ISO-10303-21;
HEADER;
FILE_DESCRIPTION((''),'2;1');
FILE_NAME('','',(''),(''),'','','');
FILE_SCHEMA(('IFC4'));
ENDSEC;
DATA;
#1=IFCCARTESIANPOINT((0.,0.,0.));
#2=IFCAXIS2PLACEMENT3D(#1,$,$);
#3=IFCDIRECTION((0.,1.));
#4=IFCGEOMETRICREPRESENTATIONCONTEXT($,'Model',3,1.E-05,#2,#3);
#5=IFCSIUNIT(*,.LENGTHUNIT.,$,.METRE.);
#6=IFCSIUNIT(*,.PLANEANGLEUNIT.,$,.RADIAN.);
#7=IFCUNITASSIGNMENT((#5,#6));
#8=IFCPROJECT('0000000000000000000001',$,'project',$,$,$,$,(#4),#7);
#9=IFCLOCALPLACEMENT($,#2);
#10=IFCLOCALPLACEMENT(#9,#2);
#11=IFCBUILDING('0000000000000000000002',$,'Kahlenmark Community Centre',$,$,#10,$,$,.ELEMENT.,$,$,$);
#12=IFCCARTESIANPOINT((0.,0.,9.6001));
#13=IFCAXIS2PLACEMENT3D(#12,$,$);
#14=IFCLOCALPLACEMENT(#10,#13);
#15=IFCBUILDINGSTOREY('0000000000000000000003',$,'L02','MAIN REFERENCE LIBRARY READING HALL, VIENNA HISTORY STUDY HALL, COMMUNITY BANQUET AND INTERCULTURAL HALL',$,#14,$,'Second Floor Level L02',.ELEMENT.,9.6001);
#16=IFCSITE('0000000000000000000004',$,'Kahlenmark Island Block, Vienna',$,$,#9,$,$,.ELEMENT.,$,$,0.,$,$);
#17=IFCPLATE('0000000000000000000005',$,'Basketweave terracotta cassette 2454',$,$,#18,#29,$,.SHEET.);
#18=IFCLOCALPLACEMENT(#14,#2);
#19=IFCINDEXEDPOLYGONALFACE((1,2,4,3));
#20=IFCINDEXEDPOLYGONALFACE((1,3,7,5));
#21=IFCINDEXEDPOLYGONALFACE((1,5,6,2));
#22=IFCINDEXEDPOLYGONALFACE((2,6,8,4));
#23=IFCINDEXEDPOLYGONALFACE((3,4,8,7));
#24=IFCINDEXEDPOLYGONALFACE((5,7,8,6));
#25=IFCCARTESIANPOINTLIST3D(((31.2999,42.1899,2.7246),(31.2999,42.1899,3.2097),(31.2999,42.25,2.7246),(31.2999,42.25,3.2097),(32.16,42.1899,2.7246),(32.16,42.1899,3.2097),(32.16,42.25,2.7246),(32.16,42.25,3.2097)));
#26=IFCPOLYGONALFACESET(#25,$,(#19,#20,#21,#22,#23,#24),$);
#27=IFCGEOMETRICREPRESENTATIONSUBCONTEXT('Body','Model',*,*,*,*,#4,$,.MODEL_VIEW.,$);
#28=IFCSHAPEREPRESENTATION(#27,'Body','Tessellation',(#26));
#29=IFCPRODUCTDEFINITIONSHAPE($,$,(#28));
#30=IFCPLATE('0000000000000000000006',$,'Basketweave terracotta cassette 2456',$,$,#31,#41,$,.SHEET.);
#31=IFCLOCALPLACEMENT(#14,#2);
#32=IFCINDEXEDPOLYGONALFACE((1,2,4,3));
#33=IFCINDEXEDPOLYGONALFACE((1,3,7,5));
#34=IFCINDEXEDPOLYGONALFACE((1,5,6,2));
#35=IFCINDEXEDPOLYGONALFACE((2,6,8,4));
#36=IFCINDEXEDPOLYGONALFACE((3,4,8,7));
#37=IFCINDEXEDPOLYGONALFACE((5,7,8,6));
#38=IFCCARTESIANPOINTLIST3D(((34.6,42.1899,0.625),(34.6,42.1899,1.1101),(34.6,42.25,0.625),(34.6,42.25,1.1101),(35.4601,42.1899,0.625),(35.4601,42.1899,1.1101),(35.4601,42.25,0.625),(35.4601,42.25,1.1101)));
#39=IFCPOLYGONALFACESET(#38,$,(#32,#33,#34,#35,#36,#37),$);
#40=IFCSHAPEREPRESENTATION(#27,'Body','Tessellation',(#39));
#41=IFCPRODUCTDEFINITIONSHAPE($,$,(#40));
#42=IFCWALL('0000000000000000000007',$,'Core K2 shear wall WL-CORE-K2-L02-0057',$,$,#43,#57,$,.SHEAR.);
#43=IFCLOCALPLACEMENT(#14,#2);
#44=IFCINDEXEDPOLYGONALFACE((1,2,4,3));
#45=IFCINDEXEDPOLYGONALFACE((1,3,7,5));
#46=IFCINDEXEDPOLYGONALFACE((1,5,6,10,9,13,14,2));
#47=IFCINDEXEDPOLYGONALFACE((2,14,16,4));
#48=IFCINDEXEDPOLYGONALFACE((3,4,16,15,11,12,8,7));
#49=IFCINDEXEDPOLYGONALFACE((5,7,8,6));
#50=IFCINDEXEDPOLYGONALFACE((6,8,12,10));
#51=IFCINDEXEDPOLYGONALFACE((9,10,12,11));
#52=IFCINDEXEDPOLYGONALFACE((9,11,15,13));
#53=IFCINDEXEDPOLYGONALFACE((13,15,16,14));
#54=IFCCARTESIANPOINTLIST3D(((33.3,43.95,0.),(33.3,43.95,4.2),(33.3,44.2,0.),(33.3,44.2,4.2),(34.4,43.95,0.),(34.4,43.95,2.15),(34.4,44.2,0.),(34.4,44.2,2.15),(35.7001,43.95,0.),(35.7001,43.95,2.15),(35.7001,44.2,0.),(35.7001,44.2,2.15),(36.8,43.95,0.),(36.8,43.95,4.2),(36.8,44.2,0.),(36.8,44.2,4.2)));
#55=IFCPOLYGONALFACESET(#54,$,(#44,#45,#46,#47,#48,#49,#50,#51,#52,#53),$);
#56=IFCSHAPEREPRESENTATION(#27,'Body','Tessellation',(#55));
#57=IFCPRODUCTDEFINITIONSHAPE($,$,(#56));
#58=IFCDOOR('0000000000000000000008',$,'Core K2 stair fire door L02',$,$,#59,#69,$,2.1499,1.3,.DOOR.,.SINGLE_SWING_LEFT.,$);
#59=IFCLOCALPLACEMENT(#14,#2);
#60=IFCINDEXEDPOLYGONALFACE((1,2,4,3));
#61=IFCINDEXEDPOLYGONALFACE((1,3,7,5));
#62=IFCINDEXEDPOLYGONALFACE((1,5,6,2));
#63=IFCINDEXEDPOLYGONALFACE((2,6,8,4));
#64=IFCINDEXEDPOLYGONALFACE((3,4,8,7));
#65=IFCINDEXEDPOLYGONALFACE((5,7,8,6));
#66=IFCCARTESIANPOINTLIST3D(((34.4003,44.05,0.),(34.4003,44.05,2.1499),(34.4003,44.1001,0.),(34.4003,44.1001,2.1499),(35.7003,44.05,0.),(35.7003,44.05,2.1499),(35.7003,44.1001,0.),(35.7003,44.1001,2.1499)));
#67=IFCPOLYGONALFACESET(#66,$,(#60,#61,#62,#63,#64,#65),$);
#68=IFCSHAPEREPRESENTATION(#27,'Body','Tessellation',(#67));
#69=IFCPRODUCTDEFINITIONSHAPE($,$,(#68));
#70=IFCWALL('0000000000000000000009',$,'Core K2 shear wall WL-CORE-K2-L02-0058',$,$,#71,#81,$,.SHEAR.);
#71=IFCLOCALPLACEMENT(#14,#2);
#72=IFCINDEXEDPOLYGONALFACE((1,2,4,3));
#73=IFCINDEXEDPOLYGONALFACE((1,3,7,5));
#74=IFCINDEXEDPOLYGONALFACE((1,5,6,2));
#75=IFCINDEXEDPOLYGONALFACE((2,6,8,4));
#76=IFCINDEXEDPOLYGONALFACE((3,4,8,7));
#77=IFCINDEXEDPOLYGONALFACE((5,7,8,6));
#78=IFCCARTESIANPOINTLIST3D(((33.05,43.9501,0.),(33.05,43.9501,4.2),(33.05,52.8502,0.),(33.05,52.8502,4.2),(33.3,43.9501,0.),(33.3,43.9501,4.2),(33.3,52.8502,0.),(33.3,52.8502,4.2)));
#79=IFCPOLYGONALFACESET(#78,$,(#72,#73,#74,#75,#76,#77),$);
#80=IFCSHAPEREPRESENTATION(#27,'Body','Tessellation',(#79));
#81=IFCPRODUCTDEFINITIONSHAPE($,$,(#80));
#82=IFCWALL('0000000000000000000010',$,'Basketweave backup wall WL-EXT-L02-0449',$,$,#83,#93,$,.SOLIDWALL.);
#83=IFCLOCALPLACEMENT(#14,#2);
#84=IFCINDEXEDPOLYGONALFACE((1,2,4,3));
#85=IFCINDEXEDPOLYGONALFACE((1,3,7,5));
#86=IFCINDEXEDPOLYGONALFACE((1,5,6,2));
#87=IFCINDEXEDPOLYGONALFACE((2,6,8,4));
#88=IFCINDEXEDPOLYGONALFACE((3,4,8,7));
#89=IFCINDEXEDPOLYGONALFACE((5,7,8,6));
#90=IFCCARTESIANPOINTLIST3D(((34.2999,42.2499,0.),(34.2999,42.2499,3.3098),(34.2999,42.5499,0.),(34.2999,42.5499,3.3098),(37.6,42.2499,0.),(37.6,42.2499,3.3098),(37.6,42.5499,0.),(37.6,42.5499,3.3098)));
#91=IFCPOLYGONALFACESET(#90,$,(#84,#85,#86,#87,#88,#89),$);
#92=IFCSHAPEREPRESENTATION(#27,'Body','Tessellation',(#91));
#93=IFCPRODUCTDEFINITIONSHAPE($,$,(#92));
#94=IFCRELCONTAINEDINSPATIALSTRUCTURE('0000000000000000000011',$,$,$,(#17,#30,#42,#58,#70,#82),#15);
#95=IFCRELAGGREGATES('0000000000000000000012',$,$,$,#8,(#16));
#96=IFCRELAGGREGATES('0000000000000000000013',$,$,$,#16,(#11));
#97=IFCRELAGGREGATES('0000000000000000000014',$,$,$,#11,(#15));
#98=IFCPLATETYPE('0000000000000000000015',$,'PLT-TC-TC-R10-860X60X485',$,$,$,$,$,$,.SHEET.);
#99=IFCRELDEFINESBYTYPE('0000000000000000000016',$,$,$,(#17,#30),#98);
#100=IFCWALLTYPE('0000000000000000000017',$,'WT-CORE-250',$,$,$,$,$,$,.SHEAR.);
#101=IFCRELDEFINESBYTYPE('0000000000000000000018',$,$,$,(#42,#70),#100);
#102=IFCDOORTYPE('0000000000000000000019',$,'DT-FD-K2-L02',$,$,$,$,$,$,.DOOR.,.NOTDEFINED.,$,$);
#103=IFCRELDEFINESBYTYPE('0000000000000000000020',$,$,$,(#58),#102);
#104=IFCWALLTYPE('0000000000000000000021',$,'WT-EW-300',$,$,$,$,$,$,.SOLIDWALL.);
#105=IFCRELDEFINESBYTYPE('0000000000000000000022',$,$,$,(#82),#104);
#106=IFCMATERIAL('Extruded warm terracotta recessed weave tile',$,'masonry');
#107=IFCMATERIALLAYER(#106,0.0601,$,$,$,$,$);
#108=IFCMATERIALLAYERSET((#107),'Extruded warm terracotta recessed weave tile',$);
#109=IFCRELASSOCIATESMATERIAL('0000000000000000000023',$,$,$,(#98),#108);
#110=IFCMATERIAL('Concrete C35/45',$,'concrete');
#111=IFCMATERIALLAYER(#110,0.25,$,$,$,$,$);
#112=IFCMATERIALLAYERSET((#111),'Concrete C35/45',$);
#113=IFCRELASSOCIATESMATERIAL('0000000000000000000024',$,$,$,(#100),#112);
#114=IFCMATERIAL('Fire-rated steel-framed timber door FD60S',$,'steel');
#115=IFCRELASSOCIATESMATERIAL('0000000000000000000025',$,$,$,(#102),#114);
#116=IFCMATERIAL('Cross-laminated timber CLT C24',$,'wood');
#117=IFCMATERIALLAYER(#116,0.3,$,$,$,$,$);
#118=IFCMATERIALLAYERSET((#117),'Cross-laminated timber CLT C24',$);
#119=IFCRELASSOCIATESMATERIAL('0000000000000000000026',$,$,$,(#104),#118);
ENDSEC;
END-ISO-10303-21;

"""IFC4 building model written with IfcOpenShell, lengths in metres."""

from ifc_helpers import new_model, si_unit, direction, frame, frame_2d, origin, origin_2d, place, context, subcontext, project, spatial, rectangle, extrude, material, layer, layer_set, type_object, element, fill, save


model = new_model("IFC4")

# Units and contexts
model_context = context("Model", 3, precision=1e-05, world=origin(), true_north=direction((0.0, 1.0)))
body_context = subcontext(model_context, "Body", "Model", "MODEL_VIEW")
ifc_project = project(units=[si_unit("LENGTHUNIT", "METRE"), si_unit("PLANEANGLEUNIT", "RADIAN")], contexts=[model_context])

# Site, building, storey
site_placement = place(None, origin())
site = spatial("IfcSite", under=ifc_project, at=site_placement, Name="Kahlenmark Island Block, Vienna", CompositionType="ELEMENT", RefElevation=0.0)
building_placement = place(site_placement, origin())
building = spatial("IfcBuilding", under=site, at=building_placement, Name="Kahlenmark Community Centre", CompositionType="ELEMENT")
storey_placement = place(building_placement, frame((0.0, 0.0, 9.6001)))
storey = spatial("IfcBuildingStorey", under=building, at=storey_placement, Name="L02", Description="MAIN REFERENCE LIBRARY READING HALL, VIENNA HISTORY STUDY HALL, COMMUNITY BANQUET AND INTERCULTURAL HALL", LongName="Second Floor Level L02", CompositionType="ELEMENT", Elevation=9.6001)

# Plates
ifc_material_1 = material(Name="Extruded warm terracotta recessed weave tile", Category="masonry")
ifc_layer_1 = layer(ifc_material_1, 0.0601)
ifc_layer_set_1 = layer_set([ifc_layer_1], Name="Extruded warm terracotta recessed weave tile")
plate_type_1 = type_object("IfcPlateType", Name="PLT-TC-TC-R10-860X60X485", PredefinedType="SHEET", material=ifc_layer_set_1)
for number, where, z_axis, x_axis, name in (
    (1, (31.73, 42.22, 2.7246), (0.0, 0.0, 1.0), (1.0, 0.0, 0.0), "Basketweave terracotta cassette 2454"),
    (2, (35.03, 42.22, 0.625), (0.0, 0.0, 1.0), (1.0, 0.0, 0.0), "Basketweave terracotta cassette 2456"),
):
    element("IfcPlate", number, at=place(storey_placement, frame(where, z_axis=z_axis, x_axis=x_axis)), inside=storey, type_object=plate_type_1, Name=name, PredefinedType="SHEET", context=body_context, shape_type="SweptSolid", body=[
        extrude(rectangle(XDim=0.8601, YDim=0.0601, at=origin_2d()), origin(), (0.0, 0.0, 1.0), 0.4851),
    ])

# Wall, opening, door
ifc_material_2 = material(Name="Concrete C35/45", Category="concrete")
ifc_layer_2 = layer(ifc_material_2, 0.25)
ifc_layer_set_2 = layer_set([ifc_layer_2], Name="Concrete C35/45")
wall_type_1 = type_object("IfcWallType", Name="WT-CORE-250", PredefinedType="SHEAR", material=ifc_layer_set_2)
wall_1_placement = place(storey_placement, frame((33.3, 44.075, 0.0), z_axis=(0.0, 0.0, 1.0), x_axis=(1.0, 0.0, 0.0)))
wall_1 = element("IfcWall", 3, at=wall_1_placement, inside=storey, type_object=wall_type_1, Name="Core K2 shear wall WL-CORE-K2-L02-0057", PredefinedType="SHEAR", context=body_context, shape_type="SweptSolid", body=[
    extrude(rectangle(XDim=3.5, YDim=0.25, at=frame_2d((1.75, 0.0))), origin(), (0.0, 0.0, 1.0), 4.2),
])
opening_placement = place(wall_1_placement, frame((1.1001, 0.0, -0.01)))
opening = element("IfcOpeningElement", 4, at=opening_placement, cuts=wall_1, PredefinedType="OPENING", context=body_context, shape_type="SweptSolid", body=[
    extrude(rectangle(XDim=1.3, YDim=2.1599, at=frame_2d((0.6499, 1.0801))), frame((0.0, 0.135, 0.0), z_axis=(0.0, -1.0, 0.0), x_axis=(1.0, 0.0, 0.0)), (0.0, 0.0, 1.0), 0.27),
])
ifc_material_3 = material(Name="Fire-rated steel-framed timber door FD60S", Category="steel")
door_type = type_object("IfcDoorType", Name="DT-FD-K2-L02", OperationType="NOTDEFINED", PredefinedType="DOOR", material=ifc_material_3)
door_placement = place(opening_placement, frame((1.3, 0.0, 0.01), z_axis=(0.0, 0.0, 1.0), x_axis=(-1.0, 0.0, 0.0)))
door = element("IfcDoor", 5, at=door_placement, inside=storey, type_object=door_type, Name="Core K2 stair fire door L02", OperationType="SINGLE_SWING_LEFT", OverallHeight=2.1499, OverallWidth=1.3, PredefinedType="DOOR", context=body_context, shape_type="SweptSolid", body=[
    extrude(rectangle(XDim=1.3, YDim=2.1499, at=frame_2d((0.6499, 1.075))), frame((0.0, 0.0249, 0.0), z_axis=(0.0, -1.0, 0.0), x_axis=(1.0, 0.0, 0.0)), (0.0, 0.0, 1.0), 0.05),
])
fill(opening, door)

# Walls
wall_2_placement = place(storey_placement, frame((33.175, 43.95, 0.0), z_axis=(0.0, 0.0, 1.0), x_axis=(0.0, 1.0, 0.0)))
element("IfcWall", 6, at=wall_2_placement, inside=storey, type_object=wall_type_1, Name="Core K2 shear wall WL-CORE-K2-L02-0058", PredefinedType="SHEAR", context=body_context, shape_type="SweptSolid", body=[
    extrude(rectangle(XDim=8.9001, YDim=0.25, at=frame_2d((4.4502, 0.0))), origin(), (0.0, 0.0, 1.0), 4.2),
])
ifc_material_4 = material(Name="Cross-laminated timber CLT C24", Category="wood")
ifc_layer_3 = layer(ifc_material_4, 0.3)
ifc_layer_set_3 = layer_set([ifc_layer_3], Name="Cross-laminated timber CLT C24")
wall_type_2 = type_object("IfcWallType", Name="WT-EW-300", PredefinedType="SOLIDWALL", material=ifc_layer_set_3)
wall_3_placement = place(storey_placement, frame((34.3, 42.3999, 0.0), z_axis=(0.0, 0.0, 1.0), x_axis=(1.0, 0.0, 0.0)))
element("IfcWall", 7, at=wall_3_placement, inside=storey, type_object=wall_type_2, Name="Basketweave backup wall WL-EXT-L02-0449", PredefinedType="SOLIDWALL", context=body_context, shape_type="SweptSolid", body=[
    extrude(rectangle(XDim=3.3, YDim=0.3, at=frame_2d((1.6499, 0.0))), origin(), (0.0, 0.0, 1.0), 3.3098),
])

save(model, "model.ifc")
